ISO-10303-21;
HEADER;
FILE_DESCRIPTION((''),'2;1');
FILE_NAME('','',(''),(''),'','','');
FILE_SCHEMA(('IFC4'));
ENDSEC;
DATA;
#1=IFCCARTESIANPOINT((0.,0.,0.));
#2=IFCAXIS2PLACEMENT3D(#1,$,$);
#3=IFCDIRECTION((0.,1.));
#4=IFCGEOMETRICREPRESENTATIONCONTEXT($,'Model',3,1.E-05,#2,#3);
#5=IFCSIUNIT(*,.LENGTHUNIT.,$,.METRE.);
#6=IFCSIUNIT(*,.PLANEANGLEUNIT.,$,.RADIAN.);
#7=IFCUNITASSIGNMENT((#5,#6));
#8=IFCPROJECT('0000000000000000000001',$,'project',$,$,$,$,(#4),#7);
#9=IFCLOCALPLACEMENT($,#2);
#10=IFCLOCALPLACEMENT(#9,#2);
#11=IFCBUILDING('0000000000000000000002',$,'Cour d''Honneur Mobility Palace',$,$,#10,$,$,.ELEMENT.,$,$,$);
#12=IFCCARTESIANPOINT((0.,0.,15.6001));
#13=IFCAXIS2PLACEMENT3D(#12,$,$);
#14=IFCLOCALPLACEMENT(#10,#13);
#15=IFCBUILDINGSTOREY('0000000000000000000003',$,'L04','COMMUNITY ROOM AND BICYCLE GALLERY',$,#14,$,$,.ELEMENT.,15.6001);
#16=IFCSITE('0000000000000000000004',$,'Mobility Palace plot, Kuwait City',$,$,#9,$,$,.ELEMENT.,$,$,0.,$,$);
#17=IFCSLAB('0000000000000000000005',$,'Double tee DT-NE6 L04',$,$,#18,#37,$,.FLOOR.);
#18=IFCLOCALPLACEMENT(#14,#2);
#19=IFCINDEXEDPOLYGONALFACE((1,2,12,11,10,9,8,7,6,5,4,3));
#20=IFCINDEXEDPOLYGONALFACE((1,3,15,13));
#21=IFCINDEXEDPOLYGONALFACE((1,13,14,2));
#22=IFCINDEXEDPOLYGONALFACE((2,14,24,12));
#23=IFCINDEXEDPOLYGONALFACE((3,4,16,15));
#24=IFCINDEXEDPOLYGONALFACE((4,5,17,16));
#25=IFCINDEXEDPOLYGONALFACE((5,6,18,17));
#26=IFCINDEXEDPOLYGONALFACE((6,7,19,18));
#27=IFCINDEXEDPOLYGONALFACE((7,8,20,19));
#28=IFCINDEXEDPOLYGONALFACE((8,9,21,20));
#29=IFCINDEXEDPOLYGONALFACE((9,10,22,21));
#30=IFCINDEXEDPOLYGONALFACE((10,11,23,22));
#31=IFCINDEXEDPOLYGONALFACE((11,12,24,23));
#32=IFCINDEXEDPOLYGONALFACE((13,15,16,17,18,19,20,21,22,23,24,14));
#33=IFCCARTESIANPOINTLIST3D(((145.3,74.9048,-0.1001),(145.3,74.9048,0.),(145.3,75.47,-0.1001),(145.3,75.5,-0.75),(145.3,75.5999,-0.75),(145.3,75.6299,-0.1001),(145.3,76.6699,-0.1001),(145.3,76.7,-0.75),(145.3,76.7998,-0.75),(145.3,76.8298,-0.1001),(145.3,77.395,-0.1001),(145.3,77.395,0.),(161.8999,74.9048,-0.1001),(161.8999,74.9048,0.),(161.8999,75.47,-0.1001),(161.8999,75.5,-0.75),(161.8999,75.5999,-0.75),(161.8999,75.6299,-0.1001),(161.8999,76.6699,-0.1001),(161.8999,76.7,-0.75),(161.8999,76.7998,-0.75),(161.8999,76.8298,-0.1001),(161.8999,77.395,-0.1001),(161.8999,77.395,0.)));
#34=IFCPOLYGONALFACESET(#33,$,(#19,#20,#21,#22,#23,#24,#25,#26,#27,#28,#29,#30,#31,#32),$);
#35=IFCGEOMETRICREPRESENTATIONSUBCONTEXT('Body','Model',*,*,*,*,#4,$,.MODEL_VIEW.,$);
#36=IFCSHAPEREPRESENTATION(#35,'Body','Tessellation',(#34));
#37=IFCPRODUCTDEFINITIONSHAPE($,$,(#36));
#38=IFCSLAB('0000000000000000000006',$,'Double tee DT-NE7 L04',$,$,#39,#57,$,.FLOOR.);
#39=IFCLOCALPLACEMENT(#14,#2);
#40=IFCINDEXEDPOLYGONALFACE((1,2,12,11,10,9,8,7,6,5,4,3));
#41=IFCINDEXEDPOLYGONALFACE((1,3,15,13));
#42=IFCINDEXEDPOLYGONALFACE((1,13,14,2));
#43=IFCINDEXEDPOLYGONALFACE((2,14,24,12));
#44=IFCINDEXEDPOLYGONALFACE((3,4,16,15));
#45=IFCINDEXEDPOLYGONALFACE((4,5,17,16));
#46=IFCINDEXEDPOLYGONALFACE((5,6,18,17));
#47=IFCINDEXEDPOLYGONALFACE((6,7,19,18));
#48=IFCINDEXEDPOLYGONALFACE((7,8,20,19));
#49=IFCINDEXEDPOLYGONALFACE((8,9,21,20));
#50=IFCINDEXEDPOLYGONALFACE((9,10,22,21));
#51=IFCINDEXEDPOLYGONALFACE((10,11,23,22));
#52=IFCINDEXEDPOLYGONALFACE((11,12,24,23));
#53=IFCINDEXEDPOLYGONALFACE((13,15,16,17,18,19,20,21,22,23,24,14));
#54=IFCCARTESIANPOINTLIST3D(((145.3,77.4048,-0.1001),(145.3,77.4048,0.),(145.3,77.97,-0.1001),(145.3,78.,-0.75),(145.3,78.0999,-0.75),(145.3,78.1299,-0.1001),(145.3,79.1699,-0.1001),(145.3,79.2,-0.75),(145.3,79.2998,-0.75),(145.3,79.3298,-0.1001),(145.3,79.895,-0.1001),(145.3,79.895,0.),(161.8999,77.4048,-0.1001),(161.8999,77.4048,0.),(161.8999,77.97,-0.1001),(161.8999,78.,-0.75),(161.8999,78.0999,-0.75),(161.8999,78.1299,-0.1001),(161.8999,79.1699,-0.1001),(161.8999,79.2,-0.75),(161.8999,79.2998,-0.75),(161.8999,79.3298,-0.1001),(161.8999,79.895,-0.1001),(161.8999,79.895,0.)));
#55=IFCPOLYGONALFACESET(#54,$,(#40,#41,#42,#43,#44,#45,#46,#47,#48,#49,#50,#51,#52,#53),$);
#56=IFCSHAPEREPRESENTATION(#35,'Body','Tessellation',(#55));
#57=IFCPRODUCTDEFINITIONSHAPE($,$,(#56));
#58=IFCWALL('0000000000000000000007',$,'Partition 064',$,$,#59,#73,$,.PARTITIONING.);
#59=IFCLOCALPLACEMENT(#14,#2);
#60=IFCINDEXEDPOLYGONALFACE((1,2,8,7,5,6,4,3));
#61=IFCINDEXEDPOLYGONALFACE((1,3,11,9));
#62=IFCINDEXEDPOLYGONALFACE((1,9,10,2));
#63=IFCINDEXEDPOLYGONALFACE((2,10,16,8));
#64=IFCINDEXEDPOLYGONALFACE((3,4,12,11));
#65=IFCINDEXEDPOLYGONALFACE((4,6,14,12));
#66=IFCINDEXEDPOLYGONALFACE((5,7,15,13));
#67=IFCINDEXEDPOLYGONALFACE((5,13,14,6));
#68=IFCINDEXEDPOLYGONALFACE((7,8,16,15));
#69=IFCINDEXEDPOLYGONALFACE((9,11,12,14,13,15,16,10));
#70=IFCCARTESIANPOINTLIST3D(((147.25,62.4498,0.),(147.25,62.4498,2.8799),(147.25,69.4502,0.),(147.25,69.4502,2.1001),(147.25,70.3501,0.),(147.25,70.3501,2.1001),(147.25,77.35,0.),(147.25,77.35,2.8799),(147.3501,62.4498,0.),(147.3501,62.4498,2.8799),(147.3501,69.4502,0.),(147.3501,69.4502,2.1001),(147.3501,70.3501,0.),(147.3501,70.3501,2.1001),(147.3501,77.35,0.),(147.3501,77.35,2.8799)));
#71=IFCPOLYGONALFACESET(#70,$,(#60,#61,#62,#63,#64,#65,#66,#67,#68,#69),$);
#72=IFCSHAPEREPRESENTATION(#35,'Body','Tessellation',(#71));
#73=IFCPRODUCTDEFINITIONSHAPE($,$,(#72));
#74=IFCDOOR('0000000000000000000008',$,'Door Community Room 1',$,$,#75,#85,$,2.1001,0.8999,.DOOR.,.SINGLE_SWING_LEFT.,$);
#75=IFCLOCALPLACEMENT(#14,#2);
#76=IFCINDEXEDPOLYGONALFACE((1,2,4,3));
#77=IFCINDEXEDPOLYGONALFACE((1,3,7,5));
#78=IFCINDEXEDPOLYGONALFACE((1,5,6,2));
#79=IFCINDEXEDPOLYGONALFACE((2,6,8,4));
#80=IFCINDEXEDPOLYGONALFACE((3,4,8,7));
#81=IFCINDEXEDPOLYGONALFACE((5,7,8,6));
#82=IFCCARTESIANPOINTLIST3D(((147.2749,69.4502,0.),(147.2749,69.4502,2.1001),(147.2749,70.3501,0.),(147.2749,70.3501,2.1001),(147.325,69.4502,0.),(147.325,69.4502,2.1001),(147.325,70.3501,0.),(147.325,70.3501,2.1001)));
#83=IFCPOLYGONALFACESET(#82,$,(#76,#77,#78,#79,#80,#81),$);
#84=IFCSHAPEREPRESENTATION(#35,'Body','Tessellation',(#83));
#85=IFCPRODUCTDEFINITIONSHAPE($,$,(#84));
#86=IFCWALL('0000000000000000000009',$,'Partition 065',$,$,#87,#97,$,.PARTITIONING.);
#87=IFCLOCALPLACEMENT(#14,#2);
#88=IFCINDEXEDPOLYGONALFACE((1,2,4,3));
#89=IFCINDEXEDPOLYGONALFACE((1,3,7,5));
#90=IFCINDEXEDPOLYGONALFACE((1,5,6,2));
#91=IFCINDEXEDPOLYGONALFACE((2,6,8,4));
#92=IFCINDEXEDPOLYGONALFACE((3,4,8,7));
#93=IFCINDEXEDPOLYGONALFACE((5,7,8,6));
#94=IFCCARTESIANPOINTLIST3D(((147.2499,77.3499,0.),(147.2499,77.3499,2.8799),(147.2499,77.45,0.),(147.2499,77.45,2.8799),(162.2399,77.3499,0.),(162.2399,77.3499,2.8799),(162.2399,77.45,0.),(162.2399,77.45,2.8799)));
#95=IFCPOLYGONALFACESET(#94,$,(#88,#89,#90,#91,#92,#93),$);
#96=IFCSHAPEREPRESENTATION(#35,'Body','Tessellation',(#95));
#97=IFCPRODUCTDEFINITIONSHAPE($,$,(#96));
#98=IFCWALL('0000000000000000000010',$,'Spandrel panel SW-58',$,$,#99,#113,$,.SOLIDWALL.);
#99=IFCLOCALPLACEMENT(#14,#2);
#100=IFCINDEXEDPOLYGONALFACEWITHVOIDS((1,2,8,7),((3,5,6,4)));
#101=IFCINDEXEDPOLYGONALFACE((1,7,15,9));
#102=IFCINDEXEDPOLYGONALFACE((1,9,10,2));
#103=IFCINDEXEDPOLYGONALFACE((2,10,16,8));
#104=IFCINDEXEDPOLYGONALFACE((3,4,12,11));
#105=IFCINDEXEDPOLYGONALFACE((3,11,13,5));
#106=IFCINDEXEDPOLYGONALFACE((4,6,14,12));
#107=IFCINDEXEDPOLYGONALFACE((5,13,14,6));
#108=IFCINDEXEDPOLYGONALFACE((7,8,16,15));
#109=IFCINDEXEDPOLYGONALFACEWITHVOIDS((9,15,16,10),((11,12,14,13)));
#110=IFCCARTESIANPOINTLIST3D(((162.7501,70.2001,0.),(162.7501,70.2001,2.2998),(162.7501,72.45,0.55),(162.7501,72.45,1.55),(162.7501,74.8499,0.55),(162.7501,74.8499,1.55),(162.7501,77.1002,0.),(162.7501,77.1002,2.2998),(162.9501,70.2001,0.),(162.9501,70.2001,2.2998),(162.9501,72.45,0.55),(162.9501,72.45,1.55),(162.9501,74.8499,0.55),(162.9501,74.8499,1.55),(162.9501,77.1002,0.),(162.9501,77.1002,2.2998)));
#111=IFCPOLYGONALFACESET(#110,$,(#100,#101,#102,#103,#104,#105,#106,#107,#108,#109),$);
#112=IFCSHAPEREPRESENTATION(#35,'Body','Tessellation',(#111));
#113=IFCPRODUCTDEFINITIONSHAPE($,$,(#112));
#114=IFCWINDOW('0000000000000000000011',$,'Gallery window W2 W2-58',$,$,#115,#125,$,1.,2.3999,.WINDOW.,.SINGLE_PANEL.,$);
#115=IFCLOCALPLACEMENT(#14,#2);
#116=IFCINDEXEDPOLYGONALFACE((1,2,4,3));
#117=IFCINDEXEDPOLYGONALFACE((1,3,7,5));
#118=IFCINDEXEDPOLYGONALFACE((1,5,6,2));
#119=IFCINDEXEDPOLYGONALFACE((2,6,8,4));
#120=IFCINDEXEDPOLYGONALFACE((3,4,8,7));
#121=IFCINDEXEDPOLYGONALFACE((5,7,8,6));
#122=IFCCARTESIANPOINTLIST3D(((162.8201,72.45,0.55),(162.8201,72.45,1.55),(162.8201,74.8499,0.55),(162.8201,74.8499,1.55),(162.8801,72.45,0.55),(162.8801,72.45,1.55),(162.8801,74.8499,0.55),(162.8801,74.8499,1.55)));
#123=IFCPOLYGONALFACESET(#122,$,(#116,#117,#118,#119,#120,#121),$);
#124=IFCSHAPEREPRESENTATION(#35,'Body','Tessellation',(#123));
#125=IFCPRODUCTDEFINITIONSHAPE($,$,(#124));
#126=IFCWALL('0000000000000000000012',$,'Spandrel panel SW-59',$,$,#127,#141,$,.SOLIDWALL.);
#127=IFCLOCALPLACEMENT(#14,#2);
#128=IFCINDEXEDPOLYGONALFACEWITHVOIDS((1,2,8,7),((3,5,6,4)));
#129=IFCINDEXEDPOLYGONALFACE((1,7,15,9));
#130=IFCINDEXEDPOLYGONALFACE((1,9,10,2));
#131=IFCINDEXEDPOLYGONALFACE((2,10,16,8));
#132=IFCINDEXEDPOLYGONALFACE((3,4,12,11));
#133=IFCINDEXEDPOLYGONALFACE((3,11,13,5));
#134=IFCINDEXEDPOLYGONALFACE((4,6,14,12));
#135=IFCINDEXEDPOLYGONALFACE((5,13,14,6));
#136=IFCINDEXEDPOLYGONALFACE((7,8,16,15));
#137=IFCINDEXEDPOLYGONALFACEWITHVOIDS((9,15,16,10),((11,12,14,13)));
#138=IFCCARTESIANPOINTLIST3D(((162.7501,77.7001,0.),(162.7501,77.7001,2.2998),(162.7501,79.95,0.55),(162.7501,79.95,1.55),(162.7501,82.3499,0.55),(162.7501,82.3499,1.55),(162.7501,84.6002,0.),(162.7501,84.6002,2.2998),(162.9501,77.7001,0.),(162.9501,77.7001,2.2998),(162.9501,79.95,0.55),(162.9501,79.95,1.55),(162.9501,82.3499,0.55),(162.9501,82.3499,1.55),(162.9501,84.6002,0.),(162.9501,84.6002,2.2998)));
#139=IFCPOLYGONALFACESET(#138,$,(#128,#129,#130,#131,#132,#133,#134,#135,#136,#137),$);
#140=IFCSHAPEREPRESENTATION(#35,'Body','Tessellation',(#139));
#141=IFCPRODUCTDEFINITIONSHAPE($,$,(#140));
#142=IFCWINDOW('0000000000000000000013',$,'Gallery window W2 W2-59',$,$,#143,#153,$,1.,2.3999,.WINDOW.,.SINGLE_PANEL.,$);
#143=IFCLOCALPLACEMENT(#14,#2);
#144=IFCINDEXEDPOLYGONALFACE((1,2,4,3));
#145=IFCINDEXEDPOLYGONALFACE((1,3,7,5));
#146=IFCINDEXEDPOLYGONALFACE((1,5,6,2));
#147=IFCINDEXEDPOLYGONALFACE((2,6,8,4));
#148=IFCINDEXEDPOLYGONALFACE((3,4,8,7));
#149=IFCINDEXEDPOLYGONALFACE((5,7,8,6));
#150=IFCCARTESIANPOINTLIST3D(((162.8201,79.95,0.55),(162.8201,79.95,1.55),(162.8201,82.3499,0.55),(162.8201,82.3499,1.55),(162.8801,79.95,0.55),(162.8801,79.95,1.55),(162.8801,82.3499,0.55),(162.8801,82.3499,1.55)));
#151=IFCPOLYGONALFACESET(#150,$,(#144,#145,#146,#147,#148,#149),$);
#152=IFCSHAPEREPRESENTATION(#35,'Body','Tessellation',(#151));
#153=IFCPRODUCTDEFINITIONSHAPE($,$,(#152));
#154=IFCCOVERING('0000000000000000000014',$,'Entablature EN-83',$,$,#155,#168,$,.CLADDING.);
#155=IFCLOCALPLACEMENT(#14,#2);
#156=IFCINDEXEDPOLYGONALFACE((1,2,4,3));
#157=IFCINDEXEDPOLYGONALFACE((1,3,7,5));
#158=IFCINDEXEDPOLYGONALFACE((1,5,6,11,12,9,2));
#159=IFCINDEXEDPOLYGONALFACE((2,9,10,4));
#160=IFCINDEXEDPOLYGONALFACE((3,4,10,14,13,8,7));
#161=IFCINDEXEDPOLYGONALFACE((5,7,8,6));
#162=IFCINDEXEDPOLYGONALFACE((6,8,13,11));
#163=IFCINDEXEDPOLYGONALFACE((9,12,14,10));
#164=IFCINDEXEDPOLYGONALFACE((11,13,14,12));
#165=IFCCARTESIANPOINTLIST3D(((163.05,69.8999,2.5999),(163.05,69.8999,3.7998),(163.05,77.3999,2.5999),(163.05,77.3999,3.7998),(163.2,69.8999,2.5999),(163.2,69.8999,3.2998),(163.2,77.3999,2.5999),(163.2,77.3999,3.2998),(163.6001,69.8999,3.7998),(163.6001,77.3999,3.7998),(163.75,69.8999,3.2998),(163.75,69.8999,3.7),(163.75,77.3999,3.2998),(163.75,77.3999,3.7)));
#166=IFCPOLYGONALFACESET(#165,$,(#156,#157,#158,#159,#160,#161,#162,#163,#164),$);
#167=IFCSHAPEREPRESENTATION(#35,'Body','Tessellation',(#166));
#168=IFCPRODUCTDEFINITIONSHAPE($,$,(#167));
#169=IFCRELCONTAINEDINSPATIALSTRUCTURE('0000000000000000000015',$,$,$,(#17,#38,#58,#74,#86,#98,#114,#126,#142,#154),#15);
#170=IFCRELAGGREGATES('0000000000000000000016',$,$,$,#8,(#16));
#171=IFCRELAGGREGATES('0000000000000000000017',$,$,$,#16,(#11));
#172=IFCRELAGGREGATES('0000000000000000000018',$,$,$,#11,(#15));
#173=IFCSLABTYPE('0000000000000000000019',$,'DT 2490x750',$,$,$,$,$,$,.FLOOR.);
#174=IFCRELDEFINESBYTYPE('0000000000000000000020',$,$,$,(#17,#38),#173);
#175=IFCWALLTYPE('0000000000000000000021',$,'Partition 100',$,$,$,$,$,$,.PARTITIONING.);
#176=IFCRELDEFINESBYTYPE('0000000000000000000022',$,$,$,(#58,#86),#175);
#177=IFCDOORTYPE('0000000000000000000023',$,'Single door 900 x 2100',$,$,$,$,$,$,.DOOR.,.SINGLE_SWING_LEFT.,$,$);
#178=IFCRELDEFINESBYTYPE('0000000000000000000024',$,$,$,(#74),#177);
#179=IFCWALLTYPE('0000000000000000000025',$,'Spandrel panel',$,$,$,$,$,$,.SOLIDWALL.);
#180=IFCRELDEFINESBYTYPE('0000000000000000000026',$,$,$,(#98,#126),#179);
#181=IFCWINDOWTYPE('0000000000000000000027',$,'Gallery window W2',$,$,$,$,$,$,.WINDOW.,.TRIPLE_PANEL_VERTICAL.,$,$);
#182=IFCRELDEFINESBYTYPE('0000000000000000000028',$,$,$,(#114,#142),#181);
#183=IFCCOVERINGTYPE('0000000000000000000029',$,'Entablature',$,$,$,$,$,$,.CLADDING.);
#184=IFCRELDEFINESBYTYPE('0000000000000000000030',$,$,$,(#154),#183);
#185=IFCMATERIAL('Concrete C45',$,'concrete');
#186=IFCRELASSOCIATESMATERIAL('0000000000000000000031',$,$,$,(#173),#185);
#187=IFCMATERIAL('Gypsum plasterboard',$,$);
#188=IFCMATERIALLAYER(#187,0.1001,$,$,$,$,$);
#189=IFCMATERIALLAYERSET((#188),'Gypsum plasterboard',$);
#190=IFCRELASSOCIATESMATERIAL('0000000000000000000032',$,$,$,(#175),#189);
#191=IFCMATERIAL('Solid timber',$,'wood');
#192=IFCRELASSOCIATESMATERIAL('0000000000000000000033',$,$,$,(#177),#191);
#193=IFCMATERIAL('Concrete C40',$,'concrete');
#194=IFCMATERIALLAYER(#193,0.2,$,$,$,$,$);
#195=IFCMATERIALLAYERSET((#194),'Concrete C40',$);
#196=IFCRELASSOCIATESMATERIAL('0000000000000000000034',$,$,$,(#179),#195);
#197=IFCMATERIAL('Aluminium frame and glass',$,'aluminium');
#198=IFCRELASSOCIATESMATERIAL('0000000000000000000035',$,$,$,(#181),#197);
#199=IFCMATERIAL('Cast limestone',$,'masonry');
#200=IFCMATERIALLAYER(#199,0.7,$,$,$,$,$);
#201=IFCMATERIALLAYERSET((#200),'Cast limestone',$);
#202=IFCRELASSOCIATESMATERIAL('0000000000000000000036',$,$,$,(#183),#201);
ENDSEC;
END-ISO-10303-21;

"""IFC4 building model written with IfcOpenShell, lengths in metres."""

from ifc_helpers import new_model, si_unit, direction, frame, frame_2d, origin, place, context, subcontext, project, spatial, polyline, rectangle, outline, extrude, material, layer, layer_set, material_profile, profile_set, type_object, element, fill, save


model = new_model("IFC4")

# Units and contexts
model_context = context("Model", 3, precision=1e-05, world=origin(), true_north=direction((0.0, 1.0)))
body_context = subcontext(model_context, "Body", "Model", "MODEL_VIEW")
ifc_project = project(units=[si_unit("LENGTHUNIT", "METRE"), si_unit("PLANEANGLEUNIT", "RADIAN")], contexts=[model_context])

# Site, building, storey
site_placement = place(None, origin())
site = spatial("IfcSite", under=ifc_project, at=site_placement, Name="Mobility Palace plot, Kuwait City", CompositionType="ELEMENT", RefElevation=0.0)
building_placement = place(site_placement, origin())
building = spatial("IfcBuilding", under=site, at=building_placement, Name="Cour d'Honneur Mobility Palace", CompositionType="ELEMENT")
storey_placement = place(building_placement, frame((0.0, 0.0, 15.6001)))
storey = spatial("IfcBuildingStorey", under=building, at=storey_placement, Name="L04", Description="COMMUNITY ROOM AND BICYCLE GALLERY", CompositionType="ELEMENT", Elevation=15.6001)

# Slabs
ifc_material_1 = material(Name="Concrete C45", Category="concrete")
ifc_material_profile_1 = material_profile(ifc_material_1, outline(polyline([(-1.2451, 0.0), (1.2451, 0.0), (1.2451, -0.1001), (0.6799, -0.1001), (0.6499, -0.75), (0.55, -0.75), (0.52, -0.1001), (-0.52, -0.1001), (-0.55, -0.75), (-0.6499, -0.75), (-0.6799, -0.1001), (-1.2451, -0.1001), (-1.2451, 0.0)])), Name="DT 2490x750")
ifc_profile_set_1 = profile_set([ifc_material_profile_1], Name="Concrete C45")
slab_type = type_object("IfcSlabType", Name="DT 2490x750", PredefinedType="FLOOR", material=ifc_profile_set_1)
for number, where, z_axis, x_axis, name in (
    (1, (145.3, 76.1499, 0.0), (1.0, 0.0, 0.0), (0.0, 1.0, 0.0), "Double tee DT-NE6 L04"),
    (2, (145.3, 78.6499, 0.0), (1.0, 0.0, 0.0), (0.0, 1.0, 0.0), "Double tee DT-NE7 L04"),
):
    element("IfcSlab", number, at=place(storey_placement, frame(where, z_axis=z_axis, x_axis=x_axis)), inside=storey, type_object=slab_type, Name=name, PredefinedType="FLOOR", context=body_context, shape_type="SweptSolid", body=[
        extrude(outline(polyline([(-1.2451, 0.0), (1.2451, 0.0), (1.2451, -0.1001), (0.6799, -0.1001), (0.6499, -0.75), (0.55, -0.75), (0.52, -0.1001), (-0.52, -0.1001), (-0.55, -0.75), (-0.6499, -0.75), (-0.6799, -0.1001), (-1.2451, -0.1001), (-1.2451, 0.0)])), origin(), (0.0, 0.0, 1.0), 16.5999),
    ])

# Wall, opening, door
ifc_material_2 = material(Name="Gypsum plasterboard")
ifc_layer_1 = layer(ifc_material_2, 0.1001)
ifc_layer_set_1 = layer_set([ifc_layer_1], Name="Gypsum plasterboard")
wall_type_1 = type_object("IfcWallType", Name="Partition 100", PredefinedType="PARTITIONING", material=ifc_layer_set_1)
wall_1_placement = place(storey_placement, frame((147.3, 77.3501, 0.0), z_axis=(0.0, 0.0, 1.0), x_axis=(0.0, -1.0, 0.0)))
wall_1 = element("IfcWall", 3, at=wall_1_placement, inside=storey, type_object=wall_type_1, Name="Partition 064", PredefinedType="PARTITIONING", context=body_context, shape_type="SweptSolid", body=[
    extrude(rectangle(XDim=14.9001, YDim=0.1001, at=frame_2d((7.4502, 0.0))), origin(), (0.0, 0.0, 1.0), 2.8799),
])
opening_1_placement = place(wall_1_placement, frame((7.0, 0.0, 0.0)))
opening_1 = element("IfcOpeningElement", 4, at=opening_1_placement, cuts=wall_1, PredefinedType="OPENING", context=body_context, shape_type="SweptSolid", body=[
    extrude(rectangle(XDim=0.8999, YDim=2.1001, at=frame_2d((0.45, 1.05))), frame((0.0, 0.0601, 0.0), z_axis=(0.0, -1.0, 0.0), x_axis=(1.0, 0.0, 0.0)), (0.0, 0.0, 1.0), 0.1201),
])
ifc_material_3 = material(Name="Solid timber", Category="wood")
door_type = type_object("IfcDoorType", Name="Single door 900 x 2100", OperationType="SINGLE_SWING_LEFT", PredefinedType="DOOR", material=ifc_material_3)
door_placement = place(opening_1_placement, origin())
door = element("IfcDoor", 5, at=door_placement, inside=storey, type_object=door_type, Name="Door Community Room 1", OperationType="SINGLE_SWING_LEFT", OverallHeight=2.1001, OverallWidth=0.8999, PredefinedType="DOOR", context=body_context, shape_type="SweptSolid", body=[
    extrude(rectangle(XDim=0.8999, YDim=2.1001, at=frame_2d((0.45, 1.05))), frame((0.0, 0.0249, 0.0), z_axis=(0.0, -1.0, 0.0), x_axis=(1.0, 0.0, 0.0)), (0.0, 0.0, 1.0), 0.05),
])
fill(opening_1, door)

# Wall
wall_2_placement = place(storey_placement, frame((162.24, 77.3999, 0.0), z_axis=(0.0, 0.0, 1.0), x_axis=(-1.0, 0.0, 0.0)))
element("IfcWall", 6, at=wall_2_placement, inside=storey, type_object=wall_type_1, Name="Partition 065", PredefinedType="PARTITIONING", context=body_context, shape_type="SweptSolid", body=[
    extrude(rectangle(XDim=14.99, YDim=0.1001, at=frame_2d((7.4951, 0.0))), origin(), (0.0, 0.0, 1.0), 2.8799),
])

# Walls, openings, windows
ifc_material_4 = material(Name="Concrete C40", Category="concrete")
ifc_layer_2 = layer(ifc_material_4, 0.2)
ifc_layer_set_2 = layer_set([ifc_layer_2], Name="Concrete C40")
wall_type_2 = type_object("IfcWallType", Name="Spandrel panel", PredefinedType="SOLIDWALL", material=ifc_layer_set_2)
wall_3_placement = place(storey_placement, frame((162.8501, 70.2, 0.0), z_axis=(0.0, 0.0, 1.0), x_axis=(0.0, 1.0, 0.0)))
wall_3 = element("IfcWall", 7, at=wall_3_placement, inside=storey, type_object=wall_type_2, Name="Spandrel panel SW-58", PredefinedType="SOLIDWALL", context=body_context, shape_type="SweptSolid", body=[
    extrude(rectangle(XDim=6.9001, YDim=0.2, at=frame_2d((3.4502, 0.0))), origin(), (0.0, 0.0, 1.0), 2.2998),
])
opening_2_placement = place(wall_3_placement, frame((2.25, 0.0, 0.55)))
opening_2 = element("IfcOpeningElement", 8, at=opening_2_placement, cuts=wall_3, PredefinedType="OPENING", context=body_context, shape_type="SweptSolid", body=[
    extrude(rectangle(XDim=2.3999, YDim=1.0, at=frame_2d((1.2, 0.5))), frame((0.0, 0.1099, 0.0), z_axis=(0.0, -1.0, 0.0), x_axis=(1.0, 0.0, 0.0)), (0.0, 0.0, 1.0), 0.22),
])
ifc_material_5 = material(Name="Aluminium frame and glass", Category="aluminium")
window_type = type_object("IfcWindowType", Name="Gallery window W2", PartitioningType="TRIPLE_PANEL_VERTICAL", PredefinedType="WINDOW", material=ifc_material_5)
window_1_placement = place(opening_2_placement, origin())
window_1 = element("IfcWindow", 9, at=window_1_placement, inside=storey, type_object=window_type, Name="Gallery window W2 W2-58", OverallHeight=1.0, OverallWidth=2.3999, PartitioningType="SINGLE_PANEL", PredefinedType="WINDOW", context=body_context, shape_type="SweptSolid", body=[
    extrude(rectangle(XDim=2.3999, YDim=1.0, at=frame_2d((1.2, 0.5))), frame((0.0, 0.03, 0.0), z_axis=(0.0, -1.0, 0.0), x_axis=(1.0, 0.0, 0.0)), (0.0, 0.0, 1.0), 0.0601),
])
fill(opening_2, window_1)
wall_4_placement = place(storey_placement, frame((162.8501, 77.7, 0.0), z_axis=(0.0, 0.0, 1.0), x_axis=(0.0, 1.0, 0.0)))
wall_4 = element("IfcWall", 10, at=wall_4_placement, inside=storey, type_object=wall_type_2, Name="Spandrel panel SW-59", PredefinedType="SOLIDWALL", context=body_context, shape_type="SweptSolid", body=[
    extrude(rectangle(XDim=6.9001, YDim=0.2, at=frame_2d((3.4502, 0.0))), origin(), (0.0, 0.0, 1.0), 2.2998),
])
opening_3_placement = place(wall_4_placement, frame((2.25, 0.0, 0.55)))
opening_3 = element("IfcOpeningElement", 11, at=opening_3_placement, cuts=wall_4, PredefinedType="OPENING", context=body_context, shape_type="SweptSolid", body=[
    extrude(rectangle(XDim=2.3999, YDim=1.0, at=frame_2d((1.2, 0.5))), frame((0.0, 0.1099, 0.0), z_axis=(0.0, -1.0, 0.0), x_axis=(1.0, 0.0, 0.0)), (0.0, 0.0, 1.0), 0.22),
])
window_2_placement = place(opening_3_placement, origin())
window_2 = element("IfcWindow", 12, at=window_2_placement, inside=storey, type_object=window_type, Name="Gallery window W2 W2-59", OverallHeight=1.0, OverallWidth=2.3999, PartitioningType="SINGLE_PANEL", PredefinedType="WINDOW", context=body_context, shape_type="SweptSolid", body=[
    extrude(rectangle(XDim=2.3999, YDim=1.0, at=frame_2d((1.2, 0.5))), frame((0.0, 0.03, 0.0), z_axis=(0.0, -1.0, 0.0), x_axis=(1.0, 0.0, 0.0)), (0.0, 0.0, 1.0), 0.0601),
])
fill(opening_3, window_2)

# Covering
ifc_material_6 = material(Name="Cast limestone", Category="masonry")
ifc_layer_3 = layer(ifc_material_6, 0.7)
ifc_layer_set_3 = layer_set([ifc_layer_3], Name="Cast limestone")
covering_type_1 = type_object("IfcCoveringType", Name="Entablature", PredefinedType="CLADDING", material=ifc_layer_set_3)
for number, where, z_axis, x_axis, name in (
    (13, (163.05, 69.8999, 2.5999), (0.0, -1.0, 0.0), (1.0, 0.0, 0.0), "Entablature EN-83"),
):
    element("IfcCovering", number, at=place(storey_placement, frame(where, z_axis=z_axis, x_axis=x_axis)), inside=storey, type_object=covering_type_1, Name=name, PredefinedType="CLADDING", context=body_context, shape_type="SweptSolid", body=[
        extrude(outline(polyline([(0.0, 0.0), (0.1499, 0.0), (0.1499, 0.7), (0.7, 0.7), (0.7, 1.1001), (0.55, 1.2), (0.0, 1.2), (0.0, 0.0)])), origin(), (0.0, 0.0, -1.0), 7.5),
    ])

save(model, "model.ifc")
